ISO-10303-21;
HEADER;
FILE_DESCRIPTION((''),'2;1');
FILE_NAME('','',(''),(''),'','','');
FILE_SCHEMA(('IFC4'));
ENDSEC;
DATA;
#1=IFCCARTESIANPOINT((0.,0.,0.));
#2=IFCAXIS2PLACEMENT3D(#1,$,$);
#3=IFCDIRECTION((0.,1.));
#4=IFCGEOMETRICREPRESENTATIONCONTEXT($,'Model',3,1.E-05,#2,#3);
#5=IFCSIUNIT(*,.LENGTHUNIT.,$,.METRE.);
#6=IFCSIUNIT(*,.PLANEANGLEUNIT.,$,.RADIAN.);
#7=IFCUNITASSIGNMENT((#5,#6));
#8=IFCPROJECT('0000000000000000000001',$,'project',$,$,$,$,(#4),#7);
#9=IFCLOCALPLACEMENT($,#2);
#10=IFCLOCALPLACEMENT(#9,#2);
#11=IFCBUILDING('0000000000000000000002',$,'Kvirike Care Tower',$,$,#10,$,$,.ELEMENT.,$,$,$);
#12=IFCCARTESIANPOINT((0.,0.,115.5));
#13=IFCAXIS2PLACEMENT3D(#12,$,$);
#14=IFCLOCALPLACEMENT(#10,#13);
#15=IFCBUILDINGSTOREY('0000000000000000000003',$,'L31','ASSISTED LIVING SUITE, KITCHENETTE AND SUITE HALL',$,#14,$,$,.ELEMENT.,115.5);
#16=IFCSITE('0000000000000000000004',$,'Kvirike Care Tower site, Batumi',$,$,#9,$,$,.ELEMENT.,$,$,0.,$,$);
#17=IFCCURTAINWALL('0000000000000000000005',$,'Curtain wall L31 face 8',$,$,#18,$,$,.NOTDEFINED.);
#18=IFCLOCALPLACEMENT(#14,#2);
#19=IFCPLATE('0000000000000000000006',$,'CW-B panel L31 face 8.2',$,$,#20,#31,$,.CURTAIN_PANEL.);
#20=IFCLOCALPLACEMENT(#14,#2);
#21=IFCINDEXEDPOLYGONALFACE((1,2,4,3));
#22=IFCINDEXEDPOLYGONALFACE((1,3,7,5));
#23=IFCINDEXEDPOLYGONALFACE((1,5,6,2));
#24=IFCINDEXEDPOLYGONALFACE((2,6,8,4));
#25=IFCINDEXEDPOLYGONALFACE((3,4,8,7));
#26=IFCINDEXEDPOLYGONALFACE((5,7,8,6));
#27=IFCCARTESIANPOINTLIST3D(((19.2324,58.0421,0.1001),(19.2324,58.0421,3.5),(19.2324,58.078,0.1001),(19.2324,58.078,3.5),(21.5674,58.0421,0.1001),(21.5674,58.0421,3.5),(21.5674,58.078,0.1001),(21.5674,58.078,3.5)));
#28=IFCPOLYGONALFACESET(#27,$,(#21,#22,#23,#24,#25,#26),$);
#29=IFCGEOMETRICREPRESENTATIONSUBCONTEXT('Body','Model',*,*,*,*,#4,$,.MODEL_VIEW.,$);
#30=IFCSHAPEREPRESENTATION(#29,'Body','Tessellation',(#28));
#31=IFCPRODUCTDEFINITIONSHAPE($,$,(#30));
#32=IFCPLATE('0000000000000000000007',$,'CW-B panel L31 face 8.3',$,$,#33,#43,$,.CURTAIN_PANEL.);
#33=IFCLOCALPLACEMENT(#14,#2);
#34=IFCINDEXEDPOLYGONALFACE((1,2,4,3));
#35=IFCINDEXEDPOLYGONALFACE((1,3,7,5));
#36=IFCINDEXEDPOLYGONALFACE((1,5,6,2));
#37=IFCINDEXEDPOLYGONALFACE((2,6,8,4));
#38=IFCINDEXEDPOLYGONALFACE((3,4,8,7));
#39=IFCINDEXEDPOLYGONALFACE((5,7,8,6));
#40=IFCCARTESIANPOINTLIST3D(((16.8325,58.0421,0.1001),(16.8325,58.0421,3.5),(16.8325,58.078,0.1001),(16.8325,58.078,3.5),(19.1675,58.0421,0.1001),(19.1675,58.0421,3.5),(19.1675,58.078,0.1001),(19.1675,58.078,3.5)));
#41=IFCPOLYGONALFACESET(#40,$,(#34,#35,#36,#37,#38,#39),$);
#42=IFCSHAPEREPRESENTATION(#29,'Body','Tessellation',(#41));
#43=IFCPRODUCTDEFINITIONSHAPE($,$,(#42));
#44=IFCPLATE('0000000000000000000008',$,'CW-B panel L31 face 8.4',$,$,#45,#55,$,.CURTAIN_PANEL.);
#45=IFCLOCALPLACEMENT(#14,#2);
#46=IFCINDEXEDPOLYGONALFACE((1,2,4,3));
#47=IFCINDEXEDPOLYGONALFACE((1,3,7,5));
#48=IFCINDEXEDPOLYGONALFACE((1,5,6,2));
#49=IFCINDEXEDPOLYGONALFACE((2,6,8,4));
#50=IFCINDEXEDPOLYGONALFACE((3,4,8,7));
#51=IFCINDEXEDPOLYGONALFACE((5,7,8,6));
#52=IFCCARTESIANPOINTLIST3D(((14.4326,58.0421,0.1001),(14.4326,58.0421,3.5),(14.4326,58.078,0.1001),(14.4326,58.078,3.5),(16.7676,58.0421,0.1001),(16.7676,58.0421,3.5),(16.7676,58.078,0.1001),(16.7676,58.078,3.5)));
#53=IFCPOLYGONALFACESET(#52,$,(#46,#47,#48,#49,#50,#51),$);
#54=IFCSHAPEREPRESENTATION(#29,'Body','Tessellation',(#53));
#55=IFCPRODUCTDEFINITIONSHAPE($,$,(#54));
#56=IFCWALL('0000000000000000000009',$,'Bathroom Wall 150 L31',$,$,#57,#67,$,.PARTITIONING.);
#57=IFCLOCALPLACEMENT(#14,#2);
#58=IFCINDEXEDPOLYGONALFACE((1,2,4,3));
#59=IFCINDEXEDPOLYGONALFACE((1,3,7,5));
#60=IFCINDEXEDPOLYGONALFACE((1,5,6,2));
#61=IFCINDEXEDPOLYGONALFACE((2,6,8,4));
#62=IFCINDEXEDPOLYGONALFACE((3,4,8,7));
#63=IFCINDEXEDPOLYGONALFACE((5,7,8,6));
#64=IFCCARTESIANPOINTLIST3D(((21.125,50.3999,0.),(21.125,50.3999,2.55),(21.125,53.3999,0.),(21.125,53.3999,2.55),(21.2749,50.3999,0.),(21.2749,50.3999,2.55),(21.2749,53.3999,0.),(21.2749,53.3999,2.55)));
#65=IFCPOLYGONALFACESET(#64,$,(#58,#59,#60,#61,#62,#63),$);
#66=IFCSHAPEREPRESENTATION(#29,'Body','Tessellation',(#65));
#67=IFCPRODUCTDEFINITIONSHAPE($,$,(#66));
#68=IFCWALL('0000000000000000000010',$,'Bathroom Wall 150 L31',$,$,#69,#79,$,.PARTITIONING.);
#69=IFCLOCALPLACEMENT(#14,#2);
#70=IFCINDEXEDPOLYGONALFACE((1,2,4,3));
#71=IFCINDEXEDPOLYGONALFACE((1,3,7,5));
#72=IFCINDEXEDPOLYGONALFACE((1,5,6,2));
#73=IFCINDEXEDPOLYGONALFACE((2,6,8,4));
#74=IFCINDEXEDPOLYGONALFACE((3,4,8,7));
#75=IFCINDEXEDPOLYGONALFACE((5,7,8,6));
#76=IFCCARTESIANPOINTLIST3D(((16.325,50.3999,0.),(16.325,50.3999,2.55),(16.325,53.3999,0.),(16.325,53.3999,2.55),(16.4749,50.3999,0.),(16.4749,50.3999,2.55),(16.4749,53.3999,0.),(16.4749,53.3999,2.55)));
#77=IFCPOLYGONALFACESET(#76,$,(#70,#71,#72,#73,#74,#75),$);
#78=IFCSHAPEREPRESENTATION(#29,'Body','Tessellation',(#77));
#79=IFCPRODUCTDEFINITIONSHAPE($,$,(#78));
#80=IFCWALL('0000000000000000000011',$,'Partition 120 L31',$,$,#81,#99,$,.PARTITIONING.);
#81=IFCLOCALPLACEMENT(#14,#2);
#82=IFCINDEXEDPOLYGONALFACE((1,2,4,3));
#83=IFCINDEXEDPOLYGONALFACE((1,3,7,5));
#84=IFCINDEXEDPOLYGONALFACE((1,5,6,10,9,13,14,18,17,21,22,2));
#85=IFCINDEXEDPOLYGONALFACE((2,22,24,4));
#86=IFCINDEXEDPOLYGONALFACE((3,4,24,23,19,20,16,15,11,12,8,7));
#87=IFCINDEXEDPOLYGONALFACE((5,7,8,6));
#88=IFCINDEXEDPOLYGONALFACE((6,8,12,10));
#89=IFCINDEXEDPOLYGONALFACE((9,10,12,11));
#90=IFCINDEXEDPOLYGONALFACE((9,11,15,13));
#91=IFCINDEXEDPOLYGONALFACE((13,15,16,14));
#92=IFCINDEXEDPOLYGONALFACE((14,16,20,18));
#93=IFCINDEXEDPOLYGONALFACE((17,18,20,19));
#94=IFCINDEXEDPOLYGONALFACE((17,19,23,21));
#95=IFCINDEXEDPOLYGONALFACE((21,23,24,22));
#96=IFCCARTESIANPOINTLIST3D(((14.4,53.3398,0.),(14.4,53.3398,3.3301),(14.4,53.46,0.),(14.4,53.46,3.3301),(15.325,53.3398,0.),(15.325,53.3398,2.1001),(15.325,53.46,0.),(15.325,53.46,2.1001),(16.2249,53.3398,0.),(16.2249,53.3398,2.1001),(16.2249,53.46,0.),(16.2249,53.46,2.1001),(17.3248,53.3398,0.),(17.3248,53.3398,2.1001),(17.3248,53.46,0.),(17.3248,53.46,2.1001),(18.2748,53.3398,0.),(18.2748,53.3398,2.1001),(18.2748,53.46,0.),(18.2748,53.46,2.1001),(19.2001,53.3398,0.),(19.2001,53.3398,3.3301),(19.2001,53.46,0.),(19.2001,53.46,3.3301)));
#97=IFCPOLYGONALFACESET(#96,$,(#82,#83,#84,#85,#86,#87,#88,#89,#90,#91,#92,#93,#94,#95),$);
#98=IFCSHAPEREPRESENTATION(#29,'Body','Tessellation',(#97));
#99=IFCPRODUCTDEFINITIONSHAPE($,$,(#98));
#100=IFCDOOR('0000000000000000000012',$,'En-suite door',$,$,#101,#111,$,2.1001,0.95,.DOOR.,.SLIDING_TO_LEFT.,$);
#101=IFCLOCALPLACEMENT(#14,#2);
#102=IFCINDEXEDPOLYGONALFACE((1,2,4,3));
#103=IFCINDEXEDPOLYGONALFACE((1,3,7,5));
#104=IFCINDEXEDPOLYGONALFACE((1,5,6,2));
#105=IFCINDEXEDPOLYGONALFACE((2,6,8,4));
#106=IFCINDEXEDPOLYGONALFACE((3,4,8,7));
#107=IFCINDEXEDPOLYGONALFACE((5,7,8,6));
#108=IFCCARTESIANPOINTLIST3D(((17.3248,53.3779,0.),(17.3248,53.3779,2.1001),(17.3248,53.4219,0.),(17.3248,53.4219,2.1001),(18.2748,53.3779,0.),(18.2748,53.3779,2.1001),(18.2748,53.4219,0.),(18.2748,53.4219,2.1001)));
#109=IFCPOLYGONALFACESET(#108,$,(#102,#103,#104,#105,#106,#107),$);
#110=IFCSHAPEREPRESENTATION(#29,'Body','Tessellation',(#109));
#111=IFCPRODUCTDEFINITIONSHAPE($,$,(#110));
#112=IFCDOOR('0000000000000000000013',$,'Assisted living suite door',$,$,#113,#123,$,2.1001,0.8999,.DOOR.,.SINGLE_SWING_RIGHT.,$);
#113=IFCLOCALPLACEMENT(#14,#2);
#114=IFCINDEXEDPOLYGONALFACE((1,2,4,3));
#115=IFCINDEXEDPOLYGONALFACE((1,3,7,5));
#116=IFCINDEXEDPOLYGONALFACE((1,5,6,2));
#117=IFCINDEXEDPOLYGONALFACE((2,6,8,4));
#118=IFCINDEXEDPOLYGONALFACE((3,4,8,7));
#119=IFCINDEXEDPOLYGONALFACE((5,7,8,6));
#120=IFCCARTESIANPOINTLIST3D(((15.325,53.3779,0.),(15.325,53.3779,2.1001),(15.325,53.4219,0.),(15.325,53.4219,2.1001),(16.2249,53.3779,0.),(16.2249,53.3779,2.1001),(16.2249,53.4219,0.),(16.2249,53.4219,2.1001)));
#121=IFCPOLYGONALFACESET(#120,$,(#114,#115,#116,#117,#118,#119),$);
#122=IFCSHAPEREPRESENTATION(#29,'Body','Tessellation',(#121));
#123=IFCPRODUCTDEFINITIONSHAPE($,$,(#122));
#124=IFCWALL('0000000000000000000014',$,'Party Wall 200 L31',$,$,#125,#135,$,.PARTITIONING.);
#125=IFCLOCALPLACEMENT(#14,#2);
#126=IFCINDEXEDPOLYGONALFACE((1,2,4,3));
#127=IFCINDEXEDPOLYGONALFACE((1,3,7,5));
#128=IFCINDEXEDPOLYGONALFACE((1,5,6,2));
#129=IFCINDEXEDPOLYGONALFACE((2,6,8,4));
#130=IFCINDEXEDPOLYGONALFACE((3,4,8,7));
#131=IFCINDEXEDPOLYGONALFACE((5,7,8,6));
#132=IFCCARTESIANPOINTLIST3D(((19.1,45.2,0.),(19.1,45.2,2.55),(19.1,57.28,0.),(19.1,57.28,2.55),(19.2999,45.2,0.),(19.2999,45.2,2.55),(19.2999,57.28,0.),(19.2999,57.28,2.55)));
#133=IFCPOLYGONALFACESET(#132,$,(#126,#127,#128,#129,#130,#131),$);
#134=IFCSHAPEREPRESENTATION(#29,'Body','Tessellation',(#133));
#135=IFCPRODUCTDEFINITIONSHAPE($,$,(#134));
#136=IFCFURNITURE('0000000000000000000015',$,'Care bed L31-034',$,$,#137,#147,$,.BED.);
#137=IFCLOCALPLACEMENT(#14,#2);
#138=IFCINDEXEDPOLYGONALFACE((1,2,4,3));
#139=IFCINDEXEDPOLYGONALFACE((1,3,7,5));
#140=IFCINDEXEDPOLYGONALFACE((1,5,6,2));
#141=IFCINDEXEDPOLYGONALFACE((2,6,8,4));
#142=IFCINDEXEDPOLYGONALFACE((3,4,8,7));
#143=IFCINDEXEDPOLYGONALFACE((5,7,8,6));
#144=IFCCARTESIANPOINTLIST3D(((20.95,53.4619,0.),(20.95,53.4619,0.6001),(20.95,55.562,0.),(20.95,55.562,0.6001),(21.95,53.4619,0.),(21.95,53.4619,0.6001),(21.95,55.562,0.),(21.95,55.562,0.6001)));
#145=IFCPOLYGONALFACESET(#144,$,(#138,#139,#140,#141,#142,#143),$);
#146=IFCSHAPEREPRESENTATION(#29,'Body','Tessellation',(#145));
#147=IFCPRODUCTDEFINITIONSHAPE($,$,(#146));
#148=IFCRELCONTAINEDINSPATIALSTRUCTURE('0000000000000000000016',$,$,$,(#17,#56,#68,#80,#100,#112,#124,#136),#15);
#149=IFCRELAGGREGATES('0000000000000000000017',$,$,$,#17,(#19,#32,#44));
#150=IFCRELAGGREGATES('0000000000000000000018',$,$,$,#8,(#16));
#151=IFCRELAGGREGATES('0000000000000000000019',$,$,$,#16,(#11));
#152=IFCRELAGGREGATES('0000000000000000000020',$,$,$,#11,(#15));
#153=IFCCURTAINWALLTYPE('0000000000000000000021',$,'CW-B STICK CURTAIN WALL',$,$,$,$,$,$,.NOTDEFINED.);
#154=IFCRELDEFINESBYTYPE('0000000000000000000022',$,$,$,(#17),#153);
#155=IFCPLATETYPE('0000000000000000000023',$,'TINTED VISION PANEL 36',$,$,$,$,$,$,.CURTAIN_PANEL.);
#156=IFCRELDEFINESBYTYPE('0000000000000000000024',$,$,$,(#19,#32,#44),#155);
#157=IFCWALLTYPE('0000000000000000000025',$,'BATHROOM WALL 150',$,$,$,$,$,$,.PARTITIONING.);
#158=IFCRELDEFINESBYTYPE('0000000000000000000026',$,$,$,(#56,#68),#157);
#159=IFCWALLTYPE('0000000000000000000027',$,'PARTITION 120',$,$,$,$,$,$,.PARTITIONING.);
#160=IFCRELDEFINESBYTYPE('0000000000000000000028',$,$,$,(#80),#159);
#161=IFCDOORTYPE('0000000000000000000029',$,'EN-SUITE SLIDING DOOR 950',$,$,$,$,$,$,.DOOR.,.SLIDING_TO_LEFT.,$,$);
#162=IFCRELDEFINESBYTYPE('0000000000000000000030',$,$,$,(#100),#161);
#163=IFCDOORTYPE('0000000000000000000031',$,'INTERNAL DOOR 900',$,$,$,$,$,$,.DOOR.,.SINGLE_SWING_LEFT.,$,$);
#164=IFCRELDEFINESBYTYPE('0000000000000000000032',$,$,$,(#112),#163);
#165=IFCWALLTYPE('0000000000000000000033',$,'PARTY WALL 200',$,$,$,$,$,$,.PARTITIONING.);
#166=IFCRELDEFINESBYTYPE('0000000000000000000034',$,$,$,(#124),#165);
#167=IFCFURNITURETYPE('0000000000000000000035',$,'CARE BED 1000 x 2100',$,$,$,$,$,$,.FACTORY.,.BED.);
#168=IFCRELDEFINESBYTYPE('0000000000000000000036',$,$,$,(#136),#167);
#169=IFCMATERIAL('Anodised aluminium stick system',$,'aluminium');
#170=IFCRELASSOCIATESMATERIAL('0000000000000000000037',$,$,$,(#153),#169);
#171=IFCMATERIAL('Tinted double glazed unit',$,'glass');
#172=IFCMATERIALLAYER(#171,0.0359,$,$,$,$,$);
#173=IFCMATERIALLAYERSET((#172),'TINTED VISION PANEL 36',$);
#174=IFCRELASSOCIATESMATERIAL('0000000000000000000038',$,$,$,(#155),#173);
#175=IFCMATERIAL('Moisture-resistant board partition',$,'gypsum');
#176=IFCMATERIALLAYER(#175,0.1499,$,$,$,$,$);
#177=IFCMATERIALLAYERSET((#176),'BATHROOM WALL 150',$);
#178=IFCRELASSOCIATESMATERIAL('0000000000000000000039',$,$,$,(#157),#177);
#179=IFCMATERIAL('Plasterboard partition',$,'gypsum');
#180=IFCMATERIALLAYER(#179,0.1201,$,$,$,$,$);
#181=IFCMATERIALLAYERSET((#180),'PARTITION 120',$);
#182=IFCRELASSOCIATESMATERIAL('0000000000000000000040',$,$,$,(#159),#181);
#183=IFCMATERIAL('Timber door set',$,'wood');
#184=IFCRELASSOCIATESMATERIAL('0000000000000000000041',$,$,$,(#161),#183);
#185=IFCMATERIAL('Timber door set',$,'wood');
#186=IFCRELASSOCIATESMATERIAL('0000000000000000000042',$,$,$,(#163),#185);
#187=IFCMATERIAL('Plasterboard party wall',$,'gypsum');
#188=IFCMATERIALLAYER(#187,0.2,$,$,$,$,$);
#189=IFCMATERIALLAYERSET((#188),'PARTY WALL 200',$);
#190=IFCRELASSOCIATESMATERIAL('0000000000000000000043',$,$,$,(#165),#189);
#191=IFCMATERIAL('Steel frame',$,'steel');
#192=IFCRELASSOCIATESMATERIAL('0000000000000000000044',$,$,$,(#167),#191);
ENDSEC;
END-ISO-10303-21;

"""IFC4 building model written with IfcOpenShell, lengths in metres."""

from ifc_helpers import new_model, si_unit, direction, frame, frame_2d, origin, origin_2d, place, context, subcontext, project, spatial, rectangle, extrude, material, layer, layer_set, type_object, element, fill, aggregate, save


model = new_model("IFC4")

# Units and contexts
model_context = context("Model", 3, precision=1e-05, world=origin(), true_north=direction((0.0, 1.0)))
body_context = subcontext(model_context, "Body", "Model", "MODEL_VIEW")
ifc_project = project(units=[si_unit("LENGTHUNIT", "METRE"), si_unit("PLANEANGLEUNIT", "RADIAN")], contexts=[model_context])

# Site, building, storey
site_placement = place(None, origin())
site = spatial("IfcSite", under=ifc_project, at=site_placement, Name="Kvirike Care Tower site, Batumi", CompositionType="ELEMENT", RefElevation=0.0)
building_placement = place(site_placement, origin())
building = spatial("IfcBuilding", under=site, at=building_placement, Name="Kvirike Care Tower", CompositionType="ELEMENT")
storey_placement = place(building_placement, frame((0.0, 0.0, 115.5)))
storey = spatial("IfcBuildingStorey", under=building, at=storey_placement, Name="L31", Description="ASSISTED LIVING SUITE, KITCHENETTE AND SUITE HALL", CompositionType="ELEMENT", Elevation=115.5)

# Curtain wall
ifc_material_1 = material(Name="Anodised aluminium stick system", Category="aluminium")
curtain_wall_type = type_object("IfcCurtainWallType", Name="CW-B STICK CURTAIN WALL", PredefinedType="NOTDEFINED", material=ifc_material_1)
curtain_wall_placement = place(storey_placement, origin())
curtain_wall = element("IfcCurtainWall", 1, at=curtain_wall_placement, inside=storey, type_object=curtain_wall_type, Name="Curtain wall L31 face 8", PredefinedType="NOTDEFINED")

# Plates
ifc_material_2 = material(Name="Tinted double glazed unit", Category="glass")
ifc_layer_1 = layer(ifc_material_2, 0.0359)
ifc_layer_set_1 = layer_set([ifc_layer_1], Name="TINTED VISION PANEL 36")
plate_type = type_object("IfcPlateType", Name="TINTED VISION PANEL 36", PredefinedType="CURTAIN_PANEL", material=ifc_layer_set_1)
plate_1_placement = place(storey_placement, frame((20.3999, 58.0601, 0.1001), z_axis=(0.0, 0.0, 1.0), x_axis=(-1.0, 0.0, 0.0)))
plate_1 = element("IfcPlate", 2, at=plate_1_placement, type_object=plate_type, Name="CW-B panel L31 face 8.2", PredefinedType="CURTAIN_PANEL", context=body_context, shape_type="SweptSolid", body=[
    extrude(rectangle(XDim=2.335, YDim=0.0359, at=origin_2d()), origin(), (0.0, 0.0, 1.0), 3.3999),
])
plate_2_placement = place(storey_placement, frame((18.0, 58.0601, 0.1001), z_axis=(0.0, 0.0, 1.0), x_axis=(-1.0, 0.0, 0.0)))
plate_2 = element("IfcPlate", 3, at=plate_2_placement, type_object=plate_type, Name="CW-B panel L31 face 8.3", PredefinedType="CURTAIN_PANEL", context=body_context, shape_type="SweptSolid", body=[
    extrude(rectangle(XDim=2.335, YDim=0.0359, at=origin_2d()), origin(), (0.0, 0.0, 1.0), 3.3999),
])
plate_3_placement = place(storey_placement, frame((15.6001, 58.0601, 0.1001), z_axis=(0.0, 0.0, 1.0), x_axis=(-1.0, 0.0, 0.0)))
plate_3 = element("IfcPlate", 4, at=plate_3_placement, type_object=plate_type, Name="CW-B panel L31 face 8.4", PredefinedType="CURTAIN_PANEL", context=body_context, shape_type="SweptSolid", body=[
    extrude(rectangle(XDim=2.335, YDim=0.0359, at=origin_2d()), origin(), (0.0, 0.0, 1.0), 3.3999),
])
aggregate(curtain_wall, [plate_1, plate_2, plate_3])

# Walls
ifc_material_3 = material(Name="Moisture-resistant board partition", Category="gypsum")
ifc_layer_2 = layer(ifc_material_3, 0.1499)
ifc_layer_set_2 = layer_set([ifc_layer_2], Name="BATHROOM WALL 150")
wall_type_1 = type_object("IfcWallType", Name="BATHROOM WALL 150", PredefinedType="PARTITIONING", material=ifc_layer_set_2)
for number, where, z_axis, x_axis, name in (
    (5, (21.2, 53.3999, 0.0), (0.0, 0.0, 1.0), (0.0, -1.0, 0.0), "Bathroom Wall 150 L31"),
    (6, (16.3999, 53.3999, 0.0), (0.0, 0.0, 1.0), (0.0, -1.0, 0.0), "Bathroom Wall 150 L31"),
):
    element("IfcWall", number, at=place(storey_placement, frame(where, z_axis=z_axis, x_axis=x_axis)), inside=storey, type_object=wall_type_1, Name=name, PredefinedType="PARTITIONING", context=body_context, shape_type="SweptSolid", body=[
        extrude(rectangle(XDim=3.0, YDim=0.1499, at=frame_2d((1.5, 0.0))), origin(), (0.0, 0.0, 1.0), 2.55),
    ])

# Wall, openings, doors
ifc_material_4 = material(Name="Plasterboard partition", Category="gypsum")
ifc_layer_3 = layer(ifc_material_4, 0.1201)
ifc_layer_set_3 = layer_set([ifc_layer_3], Name="PARTITION 120")
wall_type_2 = type_object("IfcWallType", Name="PARTITION 120", PredefinedType="PARTITIONING", material=ifc_layer_set_3)
wall_1_placement = place(storey_placement, frame((19.2, 53.3999, 0.0), z_axis=(0.0, 0.0, 1.0), x_axis=(-1.0, 0.0, 0.0)))
wall_1 = element("IfcWall", 7, at=wall_1_placement, inside=storey, type_object=wall_type_2, Name="Partition 120 L31", PredefinedType="PARTITIONING", context=body_context, shape_type="SweptSolid", body=[
    extrude(rectangle(XDim=4.8, YDim=0.1201, at=frame_2d((2.3999, 0.0))), origin(), (0.0, 0.0, 1.0), 3.3301),
])
opening_1_placement = place(wall_1_placement, frame((2.9751, 0.0, 0.0)))
opening_1 = element("IfcOpeningElement", 8, at=opening_1_placement, cuts=wall_1, PredefinedType="OPENING", context=body_context, shape_type="SweptSolid", body=[
    extrude(rectangle(XDim=0.8999, YDim=2.1001, at=frame_2d((0.45, 1.05))), frame((0.0, 0.0706, 0.0), z_axis=(0.0, -1.0, 0.0), x_axis=(1.0, 0.0, 0.0)), (0.0, 0.0, 1.0), 0.1411),
])
opening_2_placement = place(wall_1_placement, frame((0.925, 0.0, 0.0)))
opening_2 = element("IfcOpeningElement", 9, at=opening_2_placement, cuts=wall_1, PredefinedType="OPENING", context=body_context, shape_type="SweptSolid", body=[
    extrude(rectangle(XDim=0.95, YDim=2.1001, at=frame_2d((0.4751, 1.05))), frame((0.0, 0.0706, 0.0), z_axis=(0.0, -1.0, 0.0), x_axis=(1.0, 0.0, 0.0)), (0.0, 0.0, 1.0), 0.1411),
])
ifc_material_5 = material(Name="Timber door set", Category="wood")
door_type_1 = type_object("IfcDoorType", Name="EN-SUITE SLIDING DOOR 950", OperationType="SLIDING_TO_LEFT", PredefinedType="DOOR", material=ifc_material_5)
door_1_placement = place(opening_2_placement, origin())
door_1 = element("IfcDoor", 10, at=door_1_placement, inside=storey, type_object=door_type_1, Name="En-suite door", OperationType="SLIDING_TO_LEFT", OverallHeight=2.1001, OverallWidth=0.95, PredefinedType="DOOR", context=body_context, shape_type="SweptSolid", body=[
    extrude(rectangle(XDim=0.95, YDim=2.1001, at=frame_2d((0.4751, 1.05))), frame((0.0, 0.022, 0.0), z_axis=(0.0, -1.0, 0.0), x_axis=(1.0, 0.0, 0.0)), (0.0, 0.0, 1.0), 0.0439),
])
fill(opening_2, door_1)
ifc_material_6 = material(Name="Timber door set", Category="wood")
door_type_2 = type_object("IfcDoorType", Name="INTERNAL DOOR 900", OperationType="SINGLE_SWING_LEFT", PredefinedType="DOOR", material=ifc_material_6)
door_2_placement = place(opening_1_placement, origin())
door_2 = element("IfcDoor", 11, at=door_2_placement, inside=storey, type_object=door_type_2, Name="Assisted living suite door", OperationType="SINGLE_SWING_RIGHT", OverallHeight=2.1001, OverallWidth=0.8999, PredefinedType="DOOR", context=body_context, shape_type="SweptSolid", body=[
    extrude(rectangle(XDim=0.8999, YDim=2.1001, at=frame_2d((0.45, 1.05))), frame((0.0, 0.022, 0.0), z_axis=(0.0, -1.0, 0.0), x_axis=(1.0, 0.0, 0.0)), (0.0, 0.0, 1.0), 0.0439),
])
fill(opening_1, door_2)

# Wall
ifc_material_7 = material(Name="Plasterboard party wall", Category="gypsum")
ifc_layer_4 = layer(ifc_material_7, 0.2)
ifc_layer_set_4 = layer_set([ifc_layer_4], Name="PARTY WALL 200")
wall_type_3 = type_object("IfcWallType", Name="PARTY WALL 200", PredefinedType="PARTITIONING", material=ifc_layer_set_4)
wall_2_placement = place(storey_placement, frame((19.2, 57.28, 0.0), z_axis=(0.0, 0.0, 1.0), x_axis=(0.0, -1.0, 0.0)))
element("IfcWall", 12, at=wall_2_placement, inside=storey, type_object=wall_type_3, Name="Party Wall 200 L31", PredefinedType="PARTITIONING", context=body_context, shape_type="SweptSolid", body=[
    extrude(rectangle(XDim=12.0801, YDim=0.2, at=frame_2d((6.04, 0.0))), origin(), (0.0, 0.0, 1.0), 2.55),
])

# Furniture
ifc_material_8 = material(Name="Steel frame", Category="steel")
furniture_type = type_object("IfcFurnitureType", Name="CARE BED 1000 x 2100", AssemblyPlace="FACTORY", PredefinedType="BED", material=ifc_material_8)
furniture_placement = place(storey_placement, frame((21.45, 54.512, 0.0), z_axis=(0.0, 0.0, 1.0), x_axis=(-1.0, 0.0, 0.0)))
element("IfcFurniture", 13, at=furniture_placement, inside=storey, type_object=furniture_type, Name="Care bed L31-034", PredefinedType="BED", context=body_context, shape_type="SweptSolid", body=[
    extrude(rectangle(XDim=1.0, YDim=2.1001, at=origin_2d()), origin(), (0.0, 0.0, 1.0), 0.6001),
])

save(model, "model.ifc")
